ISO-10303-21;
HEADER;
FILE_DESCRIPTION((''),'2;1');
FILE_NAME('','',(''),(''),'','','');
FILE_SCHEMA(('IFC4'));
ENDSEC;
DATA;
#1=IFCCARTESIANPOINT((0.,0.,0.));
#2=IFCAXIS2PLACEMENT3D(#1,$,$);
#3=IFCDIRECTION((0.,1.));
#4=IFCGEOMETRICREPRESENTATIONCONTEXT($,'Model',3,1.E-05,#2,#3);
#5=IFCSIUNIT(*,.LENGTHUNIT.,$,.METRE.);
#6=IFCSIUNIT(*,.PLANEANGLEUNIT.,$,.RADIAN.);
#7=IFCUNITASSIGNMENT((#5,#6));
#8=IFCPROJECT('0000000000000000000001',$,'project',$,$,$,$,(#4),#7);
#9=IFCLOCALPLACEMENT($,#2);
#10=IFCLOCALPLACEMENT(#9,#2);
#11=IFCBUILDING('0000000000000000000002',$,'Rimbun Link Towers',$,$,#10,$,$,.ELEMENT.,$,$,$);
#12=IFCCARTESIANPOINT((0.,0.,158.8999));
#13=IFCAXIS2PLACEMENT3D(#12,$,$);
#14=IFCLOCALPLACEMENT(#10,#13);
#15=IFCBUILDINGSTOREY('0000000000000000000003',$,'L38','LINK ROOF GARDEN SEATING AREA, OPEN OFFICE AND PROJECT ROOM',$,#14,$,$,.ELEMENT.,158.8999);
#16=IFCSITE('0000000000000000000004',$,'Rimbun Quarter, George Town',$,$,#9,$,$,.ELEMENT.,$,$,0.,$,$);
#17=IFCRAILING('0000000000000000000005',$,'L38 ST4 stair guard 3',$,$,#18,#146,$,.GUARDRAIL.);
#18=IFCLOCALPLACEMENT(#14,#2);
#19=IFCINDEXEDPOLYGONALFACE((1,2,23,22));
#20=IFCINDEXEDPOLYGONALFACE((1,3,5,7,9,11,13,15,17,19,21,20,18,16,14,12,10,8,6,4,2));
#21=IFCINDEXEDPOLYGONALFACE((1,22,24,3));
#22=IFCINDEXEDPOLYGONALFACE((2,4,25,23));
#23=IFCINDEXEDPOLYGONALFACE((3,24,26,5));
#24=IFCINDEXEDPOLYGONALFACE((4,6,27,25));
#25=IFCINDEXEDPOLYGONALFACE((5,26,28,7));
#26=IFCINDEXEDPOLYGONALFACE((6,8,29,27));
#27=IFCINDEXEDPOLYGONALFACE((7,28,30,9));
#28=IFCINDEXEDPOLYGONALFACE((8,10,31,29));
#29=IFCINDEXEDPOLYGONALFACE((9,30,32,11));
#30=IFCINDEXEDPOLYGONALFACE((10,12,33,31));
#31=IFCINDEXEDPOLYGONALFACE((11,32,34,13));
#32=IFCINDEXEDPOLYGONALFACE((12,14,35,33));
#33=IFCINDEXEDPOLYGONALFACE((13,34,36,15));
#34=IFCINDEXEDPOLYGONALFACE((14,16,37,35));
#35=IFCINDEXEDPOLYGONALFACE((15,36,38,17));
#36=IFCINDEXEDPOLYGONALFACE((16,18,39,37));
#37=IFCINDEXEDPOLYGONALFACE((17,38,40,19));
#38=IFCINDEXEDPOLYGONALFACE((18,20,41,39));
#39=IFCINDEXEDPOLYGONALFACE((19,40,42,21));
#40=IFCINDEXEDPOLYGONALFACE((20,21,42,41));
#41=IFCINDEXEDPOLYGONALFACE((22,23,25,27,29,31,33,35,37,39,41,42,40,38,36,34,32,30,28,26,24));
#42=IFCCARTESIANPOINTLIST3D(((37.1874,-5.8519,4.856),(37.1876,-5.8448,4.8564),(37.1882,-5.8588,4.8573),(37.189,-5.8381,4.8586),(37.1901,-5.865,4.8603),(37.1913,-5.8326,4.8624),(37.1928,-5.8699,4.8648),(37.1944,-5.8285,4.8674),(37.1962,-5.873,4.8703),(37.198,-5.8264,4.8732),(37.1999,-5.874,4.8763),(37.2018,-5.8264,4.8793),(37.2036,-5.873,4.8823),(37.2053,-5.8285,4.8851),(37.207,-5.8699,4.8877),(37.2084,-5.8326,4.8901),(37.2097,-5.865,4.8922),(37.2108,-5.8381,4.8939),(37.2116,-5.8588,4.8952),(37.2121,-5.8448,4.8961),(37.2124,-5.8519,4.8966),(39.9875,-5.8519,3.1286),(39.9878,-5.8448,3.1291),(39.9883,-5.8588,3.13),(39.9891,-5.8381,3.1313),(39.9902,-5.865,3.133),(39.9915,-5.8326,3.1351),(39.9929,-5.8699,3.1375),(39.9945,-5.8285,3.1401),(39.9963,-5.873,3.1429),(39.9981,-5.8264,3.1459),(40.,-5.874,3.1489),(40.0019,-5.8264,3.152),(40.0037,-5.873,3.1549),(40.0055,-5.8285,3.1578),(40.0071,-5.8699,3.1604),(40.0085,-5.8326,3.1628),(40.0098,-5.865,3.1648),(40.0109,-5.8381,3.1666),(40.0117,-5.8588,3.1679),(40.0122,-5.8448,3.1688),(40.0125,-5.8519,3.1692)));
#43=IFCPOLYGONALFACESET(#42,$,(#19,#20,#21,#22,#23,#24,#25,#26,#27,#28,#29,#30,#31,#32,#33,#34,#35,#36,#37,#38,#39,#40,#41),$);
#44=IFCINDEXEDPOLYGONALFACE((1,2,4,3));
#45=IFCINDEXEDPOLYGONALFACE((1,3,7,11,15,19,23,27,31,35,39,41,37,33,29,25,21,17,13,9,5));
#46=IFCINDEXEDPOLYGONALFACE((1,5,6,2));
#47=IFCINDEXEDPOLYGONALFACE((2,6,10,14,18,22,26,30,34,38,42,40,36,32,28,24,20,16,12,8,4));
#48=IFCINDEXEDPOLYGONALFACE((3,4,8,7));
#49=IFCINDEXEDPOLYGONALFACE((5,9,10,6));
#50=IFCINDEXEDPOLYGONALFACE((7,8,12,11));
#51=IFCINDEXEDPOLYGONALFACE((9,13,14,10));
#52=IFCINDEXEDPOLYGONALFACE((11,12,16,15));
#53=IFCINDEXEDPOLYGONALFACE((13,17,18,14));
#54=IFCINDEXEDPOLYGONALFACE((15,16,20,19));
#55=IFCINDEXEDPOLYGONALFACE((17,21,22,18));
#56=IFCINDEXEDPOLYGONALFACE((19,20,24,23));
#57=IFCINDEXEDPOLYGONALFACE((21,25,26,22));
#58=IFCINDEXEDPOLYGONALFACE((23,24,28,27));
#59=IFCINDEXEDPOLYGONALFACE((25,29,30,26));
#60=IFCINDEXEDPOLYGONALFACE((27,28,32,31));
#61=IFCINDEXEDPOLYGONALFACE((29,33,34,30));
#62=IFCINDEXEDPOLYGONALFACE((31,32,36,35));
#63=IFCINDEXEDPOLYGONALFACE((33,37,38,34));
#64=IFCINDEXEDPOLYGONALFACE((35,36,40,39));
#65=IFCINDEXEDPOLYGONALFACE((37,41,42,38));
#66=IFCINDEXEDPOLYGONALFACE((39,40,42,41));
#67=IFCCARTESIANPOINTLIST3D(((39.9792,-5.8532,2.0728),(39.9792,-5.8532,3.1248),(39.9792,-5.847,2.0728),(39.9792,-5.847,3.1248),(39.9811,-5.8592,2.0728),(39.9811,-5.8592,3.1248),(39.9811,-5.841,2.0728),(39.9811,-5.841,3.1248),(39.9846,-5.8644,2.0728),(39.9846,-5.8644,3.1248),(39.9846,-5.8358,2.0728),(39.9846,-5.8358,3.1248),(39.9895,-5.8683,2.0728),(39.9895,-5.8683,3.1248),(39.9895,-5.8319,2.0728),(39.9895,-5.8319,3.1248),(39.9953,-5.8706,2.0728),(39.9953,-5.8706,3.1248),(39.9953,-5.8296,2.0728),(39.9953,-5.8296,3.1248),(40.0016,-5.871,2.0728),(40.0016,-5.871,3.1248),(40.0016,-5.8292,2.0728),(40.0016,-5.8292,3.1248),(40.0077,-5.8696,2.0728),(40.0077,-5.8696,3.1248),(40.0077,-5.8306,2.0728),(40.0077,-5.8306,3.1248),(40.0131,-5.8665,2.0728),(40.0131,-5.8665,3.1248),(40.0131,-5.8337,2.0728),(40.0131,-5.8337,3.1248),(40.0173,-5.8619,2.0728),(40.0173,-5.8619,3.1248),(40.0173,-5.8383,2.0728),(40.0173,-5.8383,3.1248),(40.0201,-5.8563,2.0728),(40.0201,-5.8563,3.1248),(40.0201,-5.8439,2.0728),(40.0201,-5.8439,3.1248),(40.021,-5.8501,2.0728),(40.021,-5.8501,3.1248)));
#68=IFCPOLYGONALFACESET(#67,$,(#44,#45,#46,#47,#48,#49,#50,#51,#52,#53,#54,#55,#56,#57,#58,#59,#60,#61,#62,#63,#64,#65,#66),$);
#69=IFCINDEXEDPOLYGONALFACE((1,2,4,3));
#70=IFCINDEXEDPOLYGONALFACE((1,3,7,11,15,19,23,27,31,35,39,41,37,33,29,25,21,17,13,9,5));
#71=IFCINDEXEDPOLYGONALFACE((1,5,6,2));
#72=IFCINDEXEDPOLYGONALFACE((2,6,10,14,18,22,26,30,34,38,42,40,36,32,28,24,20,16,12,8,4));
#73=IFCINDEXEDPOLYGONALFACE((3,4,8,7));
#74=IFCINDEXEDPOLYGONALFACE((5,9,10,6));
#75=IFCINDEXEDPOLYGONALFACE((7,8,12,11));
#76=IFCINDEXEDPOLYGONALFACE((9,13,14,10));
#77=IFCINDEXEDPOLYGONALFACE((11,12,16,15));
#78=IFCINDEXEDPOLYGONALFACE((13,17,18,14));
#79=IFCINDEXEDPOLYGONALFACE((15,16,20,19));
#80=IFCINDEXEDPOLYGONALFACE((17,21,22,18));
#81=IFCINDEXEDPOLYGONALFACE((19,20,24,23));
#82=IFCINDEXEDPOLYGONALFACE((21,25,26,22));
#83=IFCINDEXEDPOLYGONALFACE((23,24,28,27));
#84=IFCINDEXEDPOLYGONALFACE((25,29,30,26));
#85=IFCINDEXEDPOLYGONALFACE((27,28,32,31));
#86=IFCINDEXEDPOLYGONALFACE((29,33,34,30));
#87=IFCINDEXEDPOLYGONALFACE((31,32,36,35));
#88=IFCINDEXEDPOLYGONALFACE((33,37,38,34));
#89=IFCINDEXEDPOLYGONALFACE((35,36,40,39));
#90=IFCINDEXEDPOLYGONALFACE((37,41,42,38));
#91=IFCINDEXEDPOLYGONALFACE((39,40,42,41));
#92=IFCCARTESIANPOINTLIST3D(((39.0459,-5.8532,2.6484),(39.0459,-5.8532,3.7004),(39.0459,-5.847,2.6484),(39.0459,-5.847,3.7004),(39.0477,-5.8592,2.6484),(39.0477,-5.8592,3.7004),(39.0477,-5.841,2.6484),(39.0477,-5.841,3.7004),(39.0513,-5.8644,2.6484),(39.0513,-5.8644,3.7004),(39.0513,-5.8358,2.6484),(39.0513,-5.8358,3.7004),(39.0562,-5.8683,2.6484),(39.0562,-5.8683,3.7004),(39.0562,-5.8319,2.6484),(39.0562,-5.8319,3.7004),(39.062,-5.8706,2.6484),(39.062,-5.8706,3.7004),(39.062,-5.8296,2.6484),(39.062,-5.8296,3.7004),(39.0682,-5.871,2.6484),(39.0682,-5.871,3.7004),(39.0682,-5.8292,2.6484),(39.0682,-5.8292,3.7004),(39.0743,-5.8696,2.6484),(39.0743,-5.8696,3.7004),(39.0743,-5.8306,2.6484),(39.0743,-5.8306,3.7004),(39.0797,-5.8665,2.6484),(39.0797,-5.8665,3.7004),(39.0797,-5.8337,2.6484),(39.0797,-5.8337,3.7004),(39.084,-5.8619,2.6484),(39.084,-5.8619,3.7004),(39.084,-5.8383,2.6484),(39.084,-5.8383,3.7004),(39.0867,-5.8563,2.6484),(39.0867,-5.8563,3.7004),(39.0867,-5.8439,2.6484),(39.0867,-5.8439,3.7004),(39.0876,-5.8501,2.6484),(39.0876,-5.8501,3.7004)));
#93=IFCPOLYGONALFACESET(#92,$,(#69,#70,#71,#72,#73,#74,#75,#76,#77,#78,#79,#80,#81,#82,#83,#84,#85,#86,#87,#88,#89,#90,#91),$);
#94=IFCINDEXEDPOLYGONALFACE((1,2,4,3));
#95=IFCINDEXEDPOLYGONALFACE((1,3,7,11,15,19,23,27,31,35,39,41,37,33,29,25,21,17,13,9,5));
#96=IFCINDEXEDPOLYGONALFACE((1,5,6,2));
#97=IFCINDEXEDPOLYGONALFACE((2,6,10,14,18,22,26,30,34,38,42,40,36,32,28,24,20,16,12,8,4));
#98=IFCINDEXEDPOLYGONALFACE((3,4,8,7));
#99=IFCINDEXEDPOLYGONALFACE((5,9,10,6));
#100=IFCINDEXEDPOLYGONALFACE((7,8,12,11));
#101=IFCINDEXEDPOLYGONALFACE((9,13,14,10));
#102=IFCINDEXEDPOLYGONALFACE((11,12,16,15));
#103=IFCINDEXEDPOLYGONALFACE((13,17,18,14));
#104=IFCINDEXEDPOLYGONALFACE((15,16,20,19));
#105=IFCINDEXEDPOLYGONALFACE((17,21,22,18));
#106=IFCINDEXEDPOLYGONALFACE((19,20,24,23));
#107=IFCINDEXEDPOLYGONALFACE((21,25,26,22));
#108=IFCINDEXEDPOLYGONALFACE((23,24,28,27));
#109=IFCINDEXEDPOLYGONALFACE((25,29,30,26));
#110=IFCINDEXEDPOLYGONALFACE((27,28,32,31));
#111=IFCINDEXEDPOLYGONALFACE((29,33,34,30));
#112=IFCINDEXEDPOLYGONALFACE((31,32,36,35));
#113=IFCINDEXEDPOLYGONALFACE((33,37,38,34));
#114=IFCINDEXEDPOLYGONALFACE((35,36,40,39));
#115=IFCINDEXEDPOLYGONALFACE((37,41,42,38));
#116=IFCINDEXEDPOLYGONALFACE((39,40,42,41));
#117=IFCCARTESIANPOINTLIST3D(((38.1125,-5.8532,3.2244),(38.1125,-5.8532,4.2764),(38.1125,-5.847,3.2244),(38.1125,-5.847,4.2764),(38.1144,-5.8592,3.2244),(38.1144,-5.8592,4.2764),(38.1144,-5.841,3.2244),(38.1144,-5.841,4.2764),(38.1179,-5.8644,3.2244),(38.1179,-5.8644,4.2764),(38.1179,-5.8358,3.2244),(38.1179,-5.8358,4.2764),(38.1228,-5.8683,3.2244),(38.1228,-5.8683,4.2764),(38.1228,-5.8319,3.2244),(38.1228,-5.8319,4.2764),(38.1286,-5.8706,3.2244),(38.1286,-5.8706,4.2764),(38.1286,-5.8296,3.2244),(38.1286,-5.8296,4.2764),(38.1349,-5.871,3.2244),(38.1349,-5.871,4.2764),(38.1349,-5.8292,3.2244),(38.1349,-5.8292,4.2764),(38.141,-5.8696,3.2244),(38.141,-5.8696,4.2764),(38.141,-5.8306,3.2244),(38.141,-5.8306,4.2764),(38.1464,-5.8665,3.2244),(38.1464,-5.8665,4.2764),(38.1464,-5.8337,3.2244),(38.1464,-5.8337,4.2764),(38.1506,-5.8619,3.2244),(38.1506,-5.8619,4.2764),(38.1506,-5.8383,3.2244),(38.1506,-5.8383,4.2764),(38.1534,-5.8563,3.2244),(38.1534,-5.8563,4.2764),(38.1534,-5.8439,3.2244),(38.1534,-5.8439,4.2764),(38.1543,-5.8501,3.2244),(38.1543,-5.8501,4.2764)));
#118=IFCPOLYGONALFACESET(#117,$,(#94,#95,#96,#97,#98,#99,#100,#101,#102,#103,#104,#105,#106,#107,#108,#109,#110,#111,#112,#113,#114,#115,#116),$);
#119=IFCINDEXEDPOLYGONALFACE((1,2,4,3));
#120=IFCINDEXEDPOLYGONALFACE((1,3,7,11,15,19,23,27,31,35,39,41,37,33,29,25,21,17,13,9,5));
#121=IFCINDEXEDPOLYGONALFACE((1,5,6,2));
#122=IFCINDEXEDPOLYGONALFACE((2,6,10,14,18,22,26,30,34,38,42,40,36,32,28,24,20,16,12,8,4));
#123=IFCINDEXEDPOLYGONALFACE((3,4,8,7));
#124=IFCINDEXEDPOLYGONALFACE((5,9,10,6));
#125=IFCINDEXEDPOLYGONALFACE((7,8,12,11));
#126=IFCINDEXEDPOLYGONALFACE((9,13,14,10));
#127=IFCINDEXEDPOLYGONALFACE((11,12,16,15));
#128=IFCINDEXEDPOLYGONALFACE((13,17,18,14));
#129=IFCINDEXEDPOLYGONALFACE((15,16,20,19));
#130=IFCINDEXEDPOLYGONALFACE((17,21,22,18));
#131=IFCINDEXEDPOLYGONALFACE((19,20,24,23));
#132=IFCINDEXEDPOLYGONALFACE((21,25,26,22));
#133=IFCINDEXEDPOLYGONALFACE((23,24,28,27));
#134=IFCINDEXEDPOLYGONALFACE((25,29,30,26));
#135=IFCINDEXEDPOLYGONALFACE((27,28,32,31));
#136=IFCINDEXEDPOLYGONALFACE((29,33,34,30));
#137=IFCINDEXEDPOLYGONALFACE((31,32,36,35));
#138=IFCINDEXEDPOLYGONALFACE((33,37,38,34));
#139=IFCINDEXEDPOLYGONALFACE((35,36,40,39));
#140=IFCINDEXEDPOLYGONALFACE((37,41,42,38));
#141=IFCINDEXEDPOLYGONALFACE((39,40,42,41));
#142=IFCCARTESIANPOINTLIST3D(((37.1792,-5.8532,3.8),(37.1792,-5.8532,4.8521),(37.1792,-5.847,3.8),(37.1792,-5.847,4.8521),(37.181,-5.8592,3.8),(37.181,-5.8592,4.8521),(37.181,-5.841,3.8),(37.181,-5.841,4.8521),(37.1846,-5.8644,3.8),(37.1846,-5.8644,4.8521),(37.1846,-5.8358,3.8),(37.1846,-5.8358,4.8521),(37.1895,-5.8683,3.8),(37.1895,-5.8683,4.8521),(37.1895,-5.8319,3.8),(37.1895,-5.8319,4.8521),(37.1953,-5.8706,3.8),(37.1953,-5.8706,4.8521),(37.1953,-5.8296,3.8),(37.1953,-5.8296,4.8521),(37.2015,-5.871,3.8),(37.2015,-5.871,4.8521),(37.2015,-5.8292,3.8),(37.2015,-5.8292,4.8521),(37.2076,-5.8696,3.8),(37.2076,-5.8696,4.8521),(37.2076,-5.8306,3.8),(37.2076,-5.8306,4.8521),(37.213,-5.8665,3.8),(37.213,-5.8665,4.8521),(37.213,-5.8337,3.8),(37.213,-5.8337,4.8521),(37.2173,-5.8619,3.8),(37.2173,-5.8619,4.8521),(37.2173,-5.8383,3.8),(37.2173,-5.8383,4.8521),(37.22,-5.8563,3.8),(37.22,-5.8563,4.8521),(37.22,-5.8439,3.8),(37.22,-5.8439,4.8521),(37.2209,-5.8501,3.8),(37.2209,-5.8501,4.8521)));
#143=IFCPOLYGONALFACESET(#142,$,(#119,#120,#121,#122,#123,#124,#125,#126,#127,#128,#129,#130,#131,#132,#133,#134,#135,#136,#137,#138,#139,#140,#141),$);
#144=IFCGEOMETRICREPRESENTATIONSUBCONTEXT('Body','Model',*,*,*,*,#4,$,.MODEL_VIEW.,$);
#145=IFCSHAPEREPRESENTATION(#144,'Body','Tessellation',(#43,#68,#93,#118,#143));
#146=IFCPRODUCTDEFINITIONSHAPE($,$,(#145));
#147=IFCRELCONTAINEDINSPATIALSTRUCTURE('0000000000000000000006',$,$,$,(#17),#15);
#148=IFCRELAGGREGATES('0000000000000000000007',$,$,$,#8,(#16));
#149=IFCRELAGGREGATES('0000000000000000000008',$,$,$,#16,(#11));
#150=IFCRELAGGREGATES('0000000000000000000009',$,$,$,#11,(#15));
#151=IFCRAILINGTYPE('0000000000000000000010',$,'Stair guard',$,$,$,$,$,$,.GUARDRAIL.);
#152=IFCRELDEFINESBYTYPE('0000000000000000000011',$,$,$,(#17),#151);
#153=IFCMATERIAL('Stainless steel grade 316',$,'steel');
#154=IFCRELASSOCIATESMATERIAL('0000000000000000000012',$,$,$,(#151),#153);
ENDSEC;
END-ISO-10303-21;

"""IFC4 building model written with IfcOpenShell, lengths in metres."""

from ifc_helpers import new_model, si_unit, direction, frame, origin, origin_2d, place, context, subcontext, project, spatial, circle, extrude, material, type_object, element, save


model = new_model("IFC4")

# Units and contexts
model_context = context("Model", 3, precision=1e-05, world=origin(), true_north=direction((0.0, 1.0)))
body_context = subcontext(model_context, "Body", "Model", "MODEL_VIEW")
ifc_project = project(units=[si_unit("LENGTHUNIT", "METRE"), si_unit("PLANEANGLEUNIT", "RADIAN")], contexts=[model_context])

# Site, building, storey
site_placement = place(None, origin())
site = spatial("IfcSite", under=ifc_project, at=site_placement, Name="Rimbun Quarter, George Town", CompositionType="ELEMENT", RefElevation=0.0)
building_placement = place(site_placement, origin())
building = spatial("IfcBuilding", under=site, at=building_placement, Name="Rimbun Link Towers", CompositionType="ELEMENT")
storey_placement = place(building_placement, frame((0.0, 0.0, 158.8999)))
storey = spatial("IfcBuildingStorey", under=building, at=storey_placement, Name="L38", Description="LINK ROOF GARDEN SEATING AREA, OPEN OFFICE AND PROJECT ROOM", CompositionType="ELEMENT", Elevation=158.8999)

# Railing
ifc_material_1 = material(Name="Stainless steel grade 316", Category="steel")
railing_type_1 = type_object("IfcRailingType", Name="Stair guard", PredefinedType="GUARDRAIL", material=ifc_material_1)
railing_1_placement = place(storey_placement, frame((40.0, -5.8501, 2.0728)))
element("IfcRailing", 1, at=railing_1_placement, inside=storey, type_object=railing_type_1, Name="L38 ST4 stair guard 3", PredefinedType="GUARDRAIL", context=body_context, shape_type="SweptSolid", body=[
    extrude(circle(Radius=0.0239, at=origin_2d()), frame((0.0, 0.0, 1.0762), z_axis=(-0.85109, 0.0, 0.52502), x_axis=(0.0, -1.0, 0.0)), (0.0, 0.0, 1.0), 3.29),
    extrude(circle(Radius=0.021, at=origin_2d()), origin(), (0.0, 0.0, 1.0), 1.052),
    extrude(circle(Radius=0.021, at=origin_2d()), frame((-0.9333, 0.0, 0.5757)), (0.0, 0.0, 1.0), 1.052),
    extrude(circle(Radius=0.021, at=origin_2d()), frame((-1.8667, 0.0, 1.1516)), (0.0, 0.0, 1.0), 1.052),
    extrude(circle(Radius=0.021, at=origin_2d()), frame((-2.8, 0.0, 1.7273)), (0.0, 0.0, 1.0), 1.052),
])

save(model, "model.ifc")
